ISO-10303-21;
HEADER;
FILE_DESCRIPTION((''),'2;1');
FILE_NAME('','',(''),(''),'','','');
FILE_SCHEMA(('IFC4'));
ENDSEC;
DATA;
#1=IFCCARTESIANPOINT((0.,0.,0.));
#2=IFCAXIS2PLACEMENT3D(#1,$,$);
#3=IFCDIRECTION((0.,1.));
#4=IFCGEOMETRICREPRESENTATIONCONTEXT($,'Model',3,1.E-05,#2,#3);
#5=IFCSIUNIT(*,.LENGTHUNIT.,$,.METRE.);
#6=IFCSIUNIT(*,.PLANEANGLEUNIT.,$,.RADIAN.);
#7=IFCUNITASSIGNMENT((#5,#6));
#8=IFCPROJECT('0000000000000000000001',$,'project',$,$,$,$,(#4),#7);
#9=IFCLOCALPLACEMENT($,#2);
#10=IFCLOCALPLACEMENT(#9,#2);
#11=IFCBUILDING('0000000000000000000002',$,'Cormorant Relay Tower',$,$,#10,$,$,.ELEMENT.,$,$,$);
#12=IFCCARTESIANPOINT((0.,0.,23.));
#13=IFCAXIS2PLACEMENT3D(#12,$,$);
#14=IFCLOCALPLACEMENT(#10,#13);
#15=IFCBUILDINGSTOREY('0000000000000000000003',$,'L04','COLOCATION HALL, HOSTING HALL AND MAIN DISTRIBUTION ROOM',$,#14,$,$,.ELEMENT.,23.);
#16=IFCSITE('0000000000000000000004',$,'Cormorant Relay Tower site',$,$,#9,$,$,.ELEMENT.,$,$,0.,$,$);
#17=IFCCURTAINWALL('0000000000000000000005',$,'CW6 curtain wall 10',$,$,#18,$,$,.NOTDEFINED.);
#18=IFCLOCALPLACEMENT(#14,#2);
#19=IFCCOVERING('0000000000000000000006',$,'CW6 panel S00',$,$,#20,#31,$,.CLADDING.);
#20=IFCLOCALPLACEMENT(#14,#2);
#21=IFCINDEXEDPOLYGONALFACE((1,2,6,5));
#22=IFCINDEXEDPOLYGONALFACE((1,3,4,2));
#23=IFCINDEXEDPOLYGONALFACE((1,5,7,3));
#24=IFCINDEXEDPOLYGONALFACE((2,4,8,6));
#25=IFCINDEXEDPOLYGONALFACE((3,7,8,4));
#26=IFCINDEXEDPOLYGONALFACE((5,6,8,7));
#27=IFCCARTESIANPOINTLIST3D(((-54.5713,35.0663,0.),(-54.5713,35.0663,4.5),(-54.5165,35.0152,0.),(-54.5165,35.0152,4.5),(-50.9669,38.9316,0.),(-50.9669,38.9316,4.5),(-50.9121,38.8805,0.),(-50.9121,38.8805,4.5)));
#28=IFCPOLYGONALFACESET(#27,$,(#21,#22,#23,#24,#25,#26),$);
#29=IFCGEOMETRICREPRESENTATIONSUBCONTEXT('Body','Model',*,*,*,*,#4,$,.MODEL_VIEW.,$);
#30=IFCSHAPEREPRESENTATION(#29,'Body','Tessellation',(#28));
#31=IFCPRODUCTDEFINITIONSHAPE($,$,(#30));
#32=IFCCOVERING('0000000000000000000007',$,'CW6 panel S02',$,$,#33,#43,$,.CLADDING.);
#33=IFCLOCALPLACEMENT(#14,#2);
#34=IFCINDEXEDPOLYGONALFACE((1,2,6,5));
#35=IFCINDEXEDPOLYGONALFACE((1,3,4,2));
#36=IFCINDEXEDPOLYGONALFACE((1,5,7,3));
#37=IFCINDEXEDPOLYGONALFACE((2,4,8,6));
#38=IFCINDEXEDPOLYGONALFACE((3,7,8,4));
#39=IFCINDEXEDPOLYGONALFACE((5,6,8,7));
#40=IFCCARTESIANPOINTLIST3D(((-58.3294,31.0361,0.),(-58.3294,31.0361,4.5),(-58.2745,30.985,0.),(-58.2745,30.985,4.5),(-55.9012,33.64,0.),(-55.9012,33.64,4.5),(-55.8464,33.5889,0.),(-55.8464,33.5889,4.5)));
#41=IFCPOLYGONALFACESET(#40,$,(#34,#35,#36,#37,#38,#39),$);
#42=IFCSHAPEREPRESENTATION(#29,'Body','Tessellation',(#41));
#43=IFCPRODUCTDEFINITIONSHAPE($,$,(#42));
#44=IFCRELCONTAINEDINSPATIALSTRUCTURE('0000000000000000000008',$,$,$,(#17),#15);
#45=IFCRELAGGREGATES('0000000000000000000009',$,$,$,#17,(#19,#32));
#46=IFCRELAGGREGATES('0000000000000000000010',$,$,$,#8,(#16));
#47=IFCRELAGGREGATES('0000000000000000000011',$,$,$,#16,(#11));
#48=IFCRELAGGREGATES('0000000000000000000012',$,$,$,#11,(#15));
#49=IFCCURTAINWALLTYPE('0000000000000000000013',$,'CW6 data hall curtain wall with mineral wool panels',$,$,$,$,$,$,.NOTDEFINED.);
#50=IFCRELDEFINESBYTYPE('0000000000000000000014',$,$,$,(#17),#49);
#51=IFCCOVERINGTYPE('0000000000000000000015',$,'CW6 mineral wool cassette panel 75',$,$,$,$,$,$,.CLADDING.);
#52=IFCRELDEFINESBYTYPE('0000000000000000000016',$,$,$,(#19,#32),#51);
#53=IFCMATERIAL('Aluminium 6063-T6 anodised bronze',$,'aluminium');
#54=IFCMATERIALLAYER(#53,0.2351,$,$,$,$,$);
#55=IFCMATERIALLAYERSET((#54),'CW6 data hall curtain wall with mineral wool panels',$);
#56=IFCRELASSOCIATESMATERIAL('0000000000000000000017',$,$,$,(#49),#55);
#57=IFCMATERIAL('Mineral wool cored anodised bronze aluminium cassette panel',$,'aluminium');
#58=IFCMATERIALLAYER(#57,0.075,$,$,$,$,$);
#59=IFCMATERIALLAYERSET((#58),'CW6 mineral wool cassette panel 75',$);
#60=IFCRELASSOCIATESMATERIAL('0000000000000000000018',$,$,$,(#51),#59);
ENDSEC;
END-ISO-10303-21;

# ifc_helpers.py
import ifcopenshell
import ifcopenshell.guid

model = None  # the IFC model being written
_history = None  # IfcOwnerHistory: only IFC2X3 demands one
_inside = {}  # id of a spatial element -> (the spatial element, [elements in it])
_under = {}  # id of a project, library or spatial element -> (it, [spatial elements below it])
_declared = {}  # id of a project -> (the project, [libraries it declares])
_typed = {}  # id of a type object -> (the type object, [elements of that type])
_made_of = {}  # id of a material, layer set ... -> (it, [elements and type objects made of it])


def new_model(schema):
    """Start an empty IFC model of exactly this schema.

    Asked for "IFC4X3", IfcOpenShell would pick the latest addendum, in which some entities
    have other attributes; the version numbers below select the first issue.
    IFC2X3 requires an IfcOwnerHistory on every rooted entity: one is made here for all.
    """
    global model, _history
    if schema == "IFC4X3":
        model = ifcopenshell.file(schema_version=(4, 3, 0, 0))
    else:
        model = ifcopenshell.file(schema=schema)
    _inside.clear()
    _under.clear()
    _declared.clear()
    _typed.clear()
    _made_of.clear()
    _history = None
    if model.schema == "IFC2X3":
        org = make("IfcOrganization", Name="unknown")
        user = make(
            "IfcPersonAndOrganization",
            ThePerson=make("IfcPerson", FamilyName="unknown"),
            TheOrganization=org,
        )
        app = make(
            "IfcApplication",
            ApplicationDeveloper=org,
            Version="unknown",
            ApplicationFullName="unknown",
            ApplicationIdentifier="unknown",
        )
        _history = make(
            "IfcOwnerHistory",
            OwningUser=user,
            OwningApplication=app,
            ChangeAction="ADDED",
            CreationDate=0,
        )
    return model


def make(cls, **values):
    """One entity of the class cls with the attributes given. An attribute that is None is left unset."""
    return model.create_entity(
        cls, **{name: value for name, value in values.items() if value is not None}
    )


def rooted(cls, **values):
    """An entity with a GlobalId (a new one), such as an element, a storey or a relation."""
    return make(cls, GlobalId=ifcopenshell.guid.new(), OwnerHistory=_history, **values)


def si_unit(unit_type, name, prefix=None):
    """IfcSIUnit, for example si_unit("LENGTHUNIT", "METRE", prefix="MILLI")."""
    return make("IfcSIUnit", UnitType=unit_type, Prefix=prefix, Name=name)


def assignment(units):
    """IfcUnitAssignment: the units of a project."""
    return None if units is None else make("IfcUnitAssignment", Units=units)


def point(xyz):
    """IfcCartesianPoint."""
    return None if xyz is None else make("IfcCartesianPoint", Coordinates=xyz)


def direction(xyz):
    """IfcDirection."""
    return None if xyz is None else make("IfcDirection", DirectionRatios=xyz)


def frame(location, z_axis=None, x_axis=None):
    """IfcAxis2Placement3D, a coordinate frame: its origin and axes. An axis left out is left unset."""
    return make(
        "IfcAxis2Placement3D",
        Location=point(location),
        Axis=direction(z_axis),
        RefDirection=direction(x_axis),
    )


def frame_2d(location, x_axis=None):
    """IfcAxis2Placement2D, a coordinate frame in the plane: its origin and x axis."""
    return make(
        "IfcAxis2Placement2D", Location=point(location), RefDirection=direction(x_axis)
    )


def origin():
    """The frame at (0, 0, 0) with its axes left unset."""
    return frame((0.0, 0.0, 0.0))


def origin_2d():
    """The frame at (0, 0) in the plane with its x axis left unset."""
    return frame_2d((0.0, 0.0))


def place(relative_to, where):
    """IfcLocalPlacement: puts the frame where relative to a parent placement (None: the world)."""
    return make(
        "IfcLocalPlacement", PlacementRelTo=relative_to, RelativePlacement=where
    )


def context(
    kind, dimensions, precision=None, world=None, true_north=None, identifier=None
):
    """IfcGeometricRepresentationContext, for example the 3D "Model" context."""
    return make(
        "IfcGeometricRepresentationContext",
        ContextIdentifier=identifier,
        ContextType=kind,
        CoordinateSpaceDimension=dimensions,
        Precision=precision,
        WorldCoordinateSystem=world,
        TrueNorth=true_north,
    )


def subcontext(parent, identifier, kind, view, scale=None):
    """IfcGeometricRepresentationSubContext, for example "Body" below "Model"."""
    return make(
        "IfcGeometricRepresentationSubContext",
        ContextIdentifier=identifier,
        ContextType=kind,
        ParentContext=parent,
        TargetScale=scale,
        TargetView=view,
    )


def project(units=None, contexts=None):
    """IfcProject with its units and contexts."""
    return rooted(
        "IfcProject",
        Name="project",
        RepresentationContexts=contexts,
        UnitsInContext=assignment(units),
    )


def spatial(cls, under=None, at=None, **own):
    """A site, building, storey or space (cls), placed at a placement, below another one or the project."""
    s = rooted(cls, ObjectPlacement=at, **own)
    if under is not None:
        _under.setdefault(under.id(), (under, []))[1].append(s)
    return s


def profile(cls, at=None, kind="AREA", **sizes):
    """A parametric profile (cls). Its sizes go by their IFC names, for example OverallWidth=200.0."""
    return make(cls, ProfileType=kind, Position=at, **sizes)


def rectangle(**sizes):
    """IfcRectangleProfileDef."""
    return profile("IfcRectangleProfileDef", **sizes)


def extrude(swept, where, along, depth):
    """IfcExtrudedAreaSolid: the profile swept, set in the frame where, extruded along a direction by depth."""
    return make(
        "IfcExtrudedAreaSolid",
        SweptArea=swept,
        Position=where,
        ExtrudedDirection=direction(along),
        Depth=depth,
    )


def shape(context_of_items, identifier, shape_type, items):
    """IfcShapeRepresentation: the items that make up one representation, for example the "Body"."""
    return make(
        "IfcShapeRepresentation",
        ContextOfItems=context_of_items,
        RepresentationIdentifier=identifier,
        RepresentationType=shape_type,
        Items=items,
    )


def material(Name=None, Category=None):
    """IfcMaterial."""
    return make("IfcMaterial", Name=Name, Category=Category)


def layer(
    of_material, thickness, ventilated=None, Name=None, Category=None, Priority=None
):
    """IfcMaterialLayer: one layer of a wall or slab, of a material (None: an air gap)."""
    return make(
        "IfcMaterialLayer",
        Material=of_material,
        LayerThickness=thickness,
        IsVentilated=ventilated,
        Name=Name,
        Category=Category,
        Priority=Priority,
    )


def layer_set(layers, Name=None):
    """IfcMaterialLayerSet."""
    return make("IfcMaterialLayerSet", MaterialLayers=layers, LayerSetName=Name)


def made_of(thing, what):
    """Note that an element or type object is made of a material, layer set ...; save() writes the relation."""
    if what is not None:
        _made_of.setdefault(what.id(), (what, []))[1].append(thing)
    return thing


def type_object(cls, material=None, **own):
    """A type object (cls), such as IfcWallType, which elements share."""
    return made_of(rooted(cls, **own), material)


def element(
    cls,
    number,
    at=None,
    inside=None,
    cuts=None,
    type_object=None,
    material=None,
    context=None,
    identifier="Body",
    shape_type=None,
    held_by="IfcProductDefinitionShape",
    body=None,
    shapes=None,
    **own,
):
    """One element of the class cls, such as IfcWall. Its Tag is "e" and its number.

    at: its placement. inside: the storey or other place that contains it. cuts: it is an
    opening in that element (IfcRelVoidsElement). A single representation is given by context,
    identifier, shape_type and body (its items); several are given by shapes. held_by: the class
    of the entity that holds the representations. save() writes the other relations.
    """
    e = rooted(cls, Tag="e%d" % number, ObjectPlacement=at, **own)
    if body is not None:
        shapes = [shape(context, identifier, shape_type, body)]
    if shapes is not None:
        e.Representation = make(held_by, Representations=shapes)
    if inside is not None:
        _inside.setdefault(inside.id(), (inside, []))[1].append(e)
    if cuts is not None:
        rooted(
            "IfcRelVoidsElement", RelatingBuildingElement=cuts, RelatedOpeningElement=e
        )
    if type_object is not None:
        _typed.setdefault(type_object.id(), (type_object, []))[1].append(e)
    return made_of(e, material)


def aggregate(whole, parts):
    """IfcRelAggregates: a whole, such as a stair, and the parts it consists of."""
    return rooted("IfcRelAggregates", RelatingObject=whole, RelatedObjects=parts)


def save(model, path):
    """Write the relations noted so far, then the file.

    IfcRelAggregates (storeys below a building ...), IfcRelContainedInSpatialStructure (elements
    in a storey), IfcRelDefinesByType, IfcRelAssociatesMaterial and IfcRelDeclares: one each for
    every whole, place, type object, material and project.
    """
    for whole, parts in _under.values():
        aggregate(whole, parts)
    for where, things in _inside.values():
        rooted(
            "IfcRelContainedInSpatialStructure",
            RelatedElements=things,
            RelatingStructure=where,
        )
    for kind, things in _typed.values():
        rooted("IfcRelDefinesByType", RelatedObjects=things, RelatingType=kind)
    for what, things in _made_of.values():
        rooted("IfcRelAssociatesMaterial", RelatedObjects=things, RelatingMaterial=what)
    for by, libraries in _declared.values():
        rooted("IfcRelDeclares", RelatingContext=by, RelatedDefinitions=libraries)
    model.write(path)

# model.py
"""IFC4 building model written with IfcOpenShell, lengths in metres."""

from ifc_helpers import new_model, si_unit, direction, frame, origin, origin_2d, place, context, subcontext, project, spatial, rectangle, extrude, material, layer, layer_set, type_object, element, aggregate, save


model = new_model("IFC4")

# Units and contexts
model_context = context("Model", 3, precision=1e-05, world=origin(), true_north=direction((0.0, 1.0)))
body_context = subcontext(model_context, "Body", "Model", "MODEL_VIEW")
ifc_project = project(units=[si_unit("LENGTHUNIT", "METRE"), si_unit("PLANEANGLEUNIT", "RADIAN")], contexts=[model_context])

# Site, building, storey
site_placement = place(None, origin())
site = spatial("IfcSite", under=ifc_project, at=site_placement, Name="Cormorant Relay Tower site", CompositionType="ELEMENT", RefElevation=0.0)
building_placement = place(site_placement, origin())
building = spatial("IfcBuilding", under=site, at=building_placement, Name="Cormorant Relay Tower", CompositionType="ELEMENT")
storey_placement = place(building_placement, frame((0.0, 0.0, 23.0)))
storey = spatial("IfcBuildingStorey", under=building, at=storey_placement, Name="L04", Description="COLOCATION HALL, HOSTING HALL AND MAIN DISTRIBUTION ROOM", CompositionType="ELEMENT", Elevation=23.0)

# Shared definitions
ifc_material_1 = material(Name="Aluminium 6063-T6 anodised bronze", Category="aluminium")
ifc_layer_1 = layer(ifc_material_1, 0.2351)
ifc_layer_set_1 = layer_set([ifc_layer_1], Name="CW6 data hall curtain wall with mineral wool panels")
curtain_wall_type = type_object("IfcCurtainWallType", Name="CW6 data hall curtain wall with mineral wool panels", PredefinedType="NOTDEFINED", material=ifc_layer_set_1)

# Curtain wall
curtain_wall_1_placement = place(storey_placement, origin())
curtain_wall_1 = element("IfcCurtainWall", 1, at=curtain_wall_1_placement, inside=storey, type_object=curtain_wall_type, Name="CW6 curtain wall 10", PredefinedType="NOTDEFINED")

# Coverings
ifc_material_2 = material(Name="Mineral wool cored anodised bronze aluminium cassette panel", Category="aluminium")
ifc_layer_2 = layer(ifc_material_2, 0.075)
ifc_layer_set_2 = layer_set([ifc_layer_2], Name="CW6 mineral wool cassette panel 75")
covering_type = type_object("IfcCoveringType", Name="CW6 mineral wool cassette panel 75", PredefinedType="CLADDING", material=ifc_layer_set_2)
covering_1_placement = place(storey_placement, frame((-52.7417, 36.9734, 0.0), z_axis=(0.0, 0.0, 1.0), x_axis=(-0.681998, -0.731354, 0.0)))
covering_1 = element("IfcCovering", 2, at=covering_1_placement, type_object=covering_type, Name="CW6 panel S00", PredefinedType="CLADDING", context=body_context, shape_type="SweptSolid", body=[
    extrude(rectangle(XDim=5.2852, YDim=0.075, at=origin_2d()), origin(), (0.0, 0.0, 1.0), 4.5),
])
covering_2_placement = place(storey_placement, frame((-57.0879, 32.3125, 0.0), z_axis=(0.0, 0.0, 1.0), x_axis=(-0.681998, -0.731354, 0.0)))
covering_2 = element("IfcCovering", 3, at=covering_2_placement, type_object=covering_type, Name="CW6 panel S02", PredefinedType="CLADDING", context=body_context, shape_type="SweptSolid", body=[
    extrude(rectangle(XDim=3.5603, YDim=0.075, at=origin_2d()), origin(), (0.0, 0.0, 1.0), 4.5),
])
aggregate(curtain_wall_1, [covering_1, covering_2])

save(model, "model.ifc")
